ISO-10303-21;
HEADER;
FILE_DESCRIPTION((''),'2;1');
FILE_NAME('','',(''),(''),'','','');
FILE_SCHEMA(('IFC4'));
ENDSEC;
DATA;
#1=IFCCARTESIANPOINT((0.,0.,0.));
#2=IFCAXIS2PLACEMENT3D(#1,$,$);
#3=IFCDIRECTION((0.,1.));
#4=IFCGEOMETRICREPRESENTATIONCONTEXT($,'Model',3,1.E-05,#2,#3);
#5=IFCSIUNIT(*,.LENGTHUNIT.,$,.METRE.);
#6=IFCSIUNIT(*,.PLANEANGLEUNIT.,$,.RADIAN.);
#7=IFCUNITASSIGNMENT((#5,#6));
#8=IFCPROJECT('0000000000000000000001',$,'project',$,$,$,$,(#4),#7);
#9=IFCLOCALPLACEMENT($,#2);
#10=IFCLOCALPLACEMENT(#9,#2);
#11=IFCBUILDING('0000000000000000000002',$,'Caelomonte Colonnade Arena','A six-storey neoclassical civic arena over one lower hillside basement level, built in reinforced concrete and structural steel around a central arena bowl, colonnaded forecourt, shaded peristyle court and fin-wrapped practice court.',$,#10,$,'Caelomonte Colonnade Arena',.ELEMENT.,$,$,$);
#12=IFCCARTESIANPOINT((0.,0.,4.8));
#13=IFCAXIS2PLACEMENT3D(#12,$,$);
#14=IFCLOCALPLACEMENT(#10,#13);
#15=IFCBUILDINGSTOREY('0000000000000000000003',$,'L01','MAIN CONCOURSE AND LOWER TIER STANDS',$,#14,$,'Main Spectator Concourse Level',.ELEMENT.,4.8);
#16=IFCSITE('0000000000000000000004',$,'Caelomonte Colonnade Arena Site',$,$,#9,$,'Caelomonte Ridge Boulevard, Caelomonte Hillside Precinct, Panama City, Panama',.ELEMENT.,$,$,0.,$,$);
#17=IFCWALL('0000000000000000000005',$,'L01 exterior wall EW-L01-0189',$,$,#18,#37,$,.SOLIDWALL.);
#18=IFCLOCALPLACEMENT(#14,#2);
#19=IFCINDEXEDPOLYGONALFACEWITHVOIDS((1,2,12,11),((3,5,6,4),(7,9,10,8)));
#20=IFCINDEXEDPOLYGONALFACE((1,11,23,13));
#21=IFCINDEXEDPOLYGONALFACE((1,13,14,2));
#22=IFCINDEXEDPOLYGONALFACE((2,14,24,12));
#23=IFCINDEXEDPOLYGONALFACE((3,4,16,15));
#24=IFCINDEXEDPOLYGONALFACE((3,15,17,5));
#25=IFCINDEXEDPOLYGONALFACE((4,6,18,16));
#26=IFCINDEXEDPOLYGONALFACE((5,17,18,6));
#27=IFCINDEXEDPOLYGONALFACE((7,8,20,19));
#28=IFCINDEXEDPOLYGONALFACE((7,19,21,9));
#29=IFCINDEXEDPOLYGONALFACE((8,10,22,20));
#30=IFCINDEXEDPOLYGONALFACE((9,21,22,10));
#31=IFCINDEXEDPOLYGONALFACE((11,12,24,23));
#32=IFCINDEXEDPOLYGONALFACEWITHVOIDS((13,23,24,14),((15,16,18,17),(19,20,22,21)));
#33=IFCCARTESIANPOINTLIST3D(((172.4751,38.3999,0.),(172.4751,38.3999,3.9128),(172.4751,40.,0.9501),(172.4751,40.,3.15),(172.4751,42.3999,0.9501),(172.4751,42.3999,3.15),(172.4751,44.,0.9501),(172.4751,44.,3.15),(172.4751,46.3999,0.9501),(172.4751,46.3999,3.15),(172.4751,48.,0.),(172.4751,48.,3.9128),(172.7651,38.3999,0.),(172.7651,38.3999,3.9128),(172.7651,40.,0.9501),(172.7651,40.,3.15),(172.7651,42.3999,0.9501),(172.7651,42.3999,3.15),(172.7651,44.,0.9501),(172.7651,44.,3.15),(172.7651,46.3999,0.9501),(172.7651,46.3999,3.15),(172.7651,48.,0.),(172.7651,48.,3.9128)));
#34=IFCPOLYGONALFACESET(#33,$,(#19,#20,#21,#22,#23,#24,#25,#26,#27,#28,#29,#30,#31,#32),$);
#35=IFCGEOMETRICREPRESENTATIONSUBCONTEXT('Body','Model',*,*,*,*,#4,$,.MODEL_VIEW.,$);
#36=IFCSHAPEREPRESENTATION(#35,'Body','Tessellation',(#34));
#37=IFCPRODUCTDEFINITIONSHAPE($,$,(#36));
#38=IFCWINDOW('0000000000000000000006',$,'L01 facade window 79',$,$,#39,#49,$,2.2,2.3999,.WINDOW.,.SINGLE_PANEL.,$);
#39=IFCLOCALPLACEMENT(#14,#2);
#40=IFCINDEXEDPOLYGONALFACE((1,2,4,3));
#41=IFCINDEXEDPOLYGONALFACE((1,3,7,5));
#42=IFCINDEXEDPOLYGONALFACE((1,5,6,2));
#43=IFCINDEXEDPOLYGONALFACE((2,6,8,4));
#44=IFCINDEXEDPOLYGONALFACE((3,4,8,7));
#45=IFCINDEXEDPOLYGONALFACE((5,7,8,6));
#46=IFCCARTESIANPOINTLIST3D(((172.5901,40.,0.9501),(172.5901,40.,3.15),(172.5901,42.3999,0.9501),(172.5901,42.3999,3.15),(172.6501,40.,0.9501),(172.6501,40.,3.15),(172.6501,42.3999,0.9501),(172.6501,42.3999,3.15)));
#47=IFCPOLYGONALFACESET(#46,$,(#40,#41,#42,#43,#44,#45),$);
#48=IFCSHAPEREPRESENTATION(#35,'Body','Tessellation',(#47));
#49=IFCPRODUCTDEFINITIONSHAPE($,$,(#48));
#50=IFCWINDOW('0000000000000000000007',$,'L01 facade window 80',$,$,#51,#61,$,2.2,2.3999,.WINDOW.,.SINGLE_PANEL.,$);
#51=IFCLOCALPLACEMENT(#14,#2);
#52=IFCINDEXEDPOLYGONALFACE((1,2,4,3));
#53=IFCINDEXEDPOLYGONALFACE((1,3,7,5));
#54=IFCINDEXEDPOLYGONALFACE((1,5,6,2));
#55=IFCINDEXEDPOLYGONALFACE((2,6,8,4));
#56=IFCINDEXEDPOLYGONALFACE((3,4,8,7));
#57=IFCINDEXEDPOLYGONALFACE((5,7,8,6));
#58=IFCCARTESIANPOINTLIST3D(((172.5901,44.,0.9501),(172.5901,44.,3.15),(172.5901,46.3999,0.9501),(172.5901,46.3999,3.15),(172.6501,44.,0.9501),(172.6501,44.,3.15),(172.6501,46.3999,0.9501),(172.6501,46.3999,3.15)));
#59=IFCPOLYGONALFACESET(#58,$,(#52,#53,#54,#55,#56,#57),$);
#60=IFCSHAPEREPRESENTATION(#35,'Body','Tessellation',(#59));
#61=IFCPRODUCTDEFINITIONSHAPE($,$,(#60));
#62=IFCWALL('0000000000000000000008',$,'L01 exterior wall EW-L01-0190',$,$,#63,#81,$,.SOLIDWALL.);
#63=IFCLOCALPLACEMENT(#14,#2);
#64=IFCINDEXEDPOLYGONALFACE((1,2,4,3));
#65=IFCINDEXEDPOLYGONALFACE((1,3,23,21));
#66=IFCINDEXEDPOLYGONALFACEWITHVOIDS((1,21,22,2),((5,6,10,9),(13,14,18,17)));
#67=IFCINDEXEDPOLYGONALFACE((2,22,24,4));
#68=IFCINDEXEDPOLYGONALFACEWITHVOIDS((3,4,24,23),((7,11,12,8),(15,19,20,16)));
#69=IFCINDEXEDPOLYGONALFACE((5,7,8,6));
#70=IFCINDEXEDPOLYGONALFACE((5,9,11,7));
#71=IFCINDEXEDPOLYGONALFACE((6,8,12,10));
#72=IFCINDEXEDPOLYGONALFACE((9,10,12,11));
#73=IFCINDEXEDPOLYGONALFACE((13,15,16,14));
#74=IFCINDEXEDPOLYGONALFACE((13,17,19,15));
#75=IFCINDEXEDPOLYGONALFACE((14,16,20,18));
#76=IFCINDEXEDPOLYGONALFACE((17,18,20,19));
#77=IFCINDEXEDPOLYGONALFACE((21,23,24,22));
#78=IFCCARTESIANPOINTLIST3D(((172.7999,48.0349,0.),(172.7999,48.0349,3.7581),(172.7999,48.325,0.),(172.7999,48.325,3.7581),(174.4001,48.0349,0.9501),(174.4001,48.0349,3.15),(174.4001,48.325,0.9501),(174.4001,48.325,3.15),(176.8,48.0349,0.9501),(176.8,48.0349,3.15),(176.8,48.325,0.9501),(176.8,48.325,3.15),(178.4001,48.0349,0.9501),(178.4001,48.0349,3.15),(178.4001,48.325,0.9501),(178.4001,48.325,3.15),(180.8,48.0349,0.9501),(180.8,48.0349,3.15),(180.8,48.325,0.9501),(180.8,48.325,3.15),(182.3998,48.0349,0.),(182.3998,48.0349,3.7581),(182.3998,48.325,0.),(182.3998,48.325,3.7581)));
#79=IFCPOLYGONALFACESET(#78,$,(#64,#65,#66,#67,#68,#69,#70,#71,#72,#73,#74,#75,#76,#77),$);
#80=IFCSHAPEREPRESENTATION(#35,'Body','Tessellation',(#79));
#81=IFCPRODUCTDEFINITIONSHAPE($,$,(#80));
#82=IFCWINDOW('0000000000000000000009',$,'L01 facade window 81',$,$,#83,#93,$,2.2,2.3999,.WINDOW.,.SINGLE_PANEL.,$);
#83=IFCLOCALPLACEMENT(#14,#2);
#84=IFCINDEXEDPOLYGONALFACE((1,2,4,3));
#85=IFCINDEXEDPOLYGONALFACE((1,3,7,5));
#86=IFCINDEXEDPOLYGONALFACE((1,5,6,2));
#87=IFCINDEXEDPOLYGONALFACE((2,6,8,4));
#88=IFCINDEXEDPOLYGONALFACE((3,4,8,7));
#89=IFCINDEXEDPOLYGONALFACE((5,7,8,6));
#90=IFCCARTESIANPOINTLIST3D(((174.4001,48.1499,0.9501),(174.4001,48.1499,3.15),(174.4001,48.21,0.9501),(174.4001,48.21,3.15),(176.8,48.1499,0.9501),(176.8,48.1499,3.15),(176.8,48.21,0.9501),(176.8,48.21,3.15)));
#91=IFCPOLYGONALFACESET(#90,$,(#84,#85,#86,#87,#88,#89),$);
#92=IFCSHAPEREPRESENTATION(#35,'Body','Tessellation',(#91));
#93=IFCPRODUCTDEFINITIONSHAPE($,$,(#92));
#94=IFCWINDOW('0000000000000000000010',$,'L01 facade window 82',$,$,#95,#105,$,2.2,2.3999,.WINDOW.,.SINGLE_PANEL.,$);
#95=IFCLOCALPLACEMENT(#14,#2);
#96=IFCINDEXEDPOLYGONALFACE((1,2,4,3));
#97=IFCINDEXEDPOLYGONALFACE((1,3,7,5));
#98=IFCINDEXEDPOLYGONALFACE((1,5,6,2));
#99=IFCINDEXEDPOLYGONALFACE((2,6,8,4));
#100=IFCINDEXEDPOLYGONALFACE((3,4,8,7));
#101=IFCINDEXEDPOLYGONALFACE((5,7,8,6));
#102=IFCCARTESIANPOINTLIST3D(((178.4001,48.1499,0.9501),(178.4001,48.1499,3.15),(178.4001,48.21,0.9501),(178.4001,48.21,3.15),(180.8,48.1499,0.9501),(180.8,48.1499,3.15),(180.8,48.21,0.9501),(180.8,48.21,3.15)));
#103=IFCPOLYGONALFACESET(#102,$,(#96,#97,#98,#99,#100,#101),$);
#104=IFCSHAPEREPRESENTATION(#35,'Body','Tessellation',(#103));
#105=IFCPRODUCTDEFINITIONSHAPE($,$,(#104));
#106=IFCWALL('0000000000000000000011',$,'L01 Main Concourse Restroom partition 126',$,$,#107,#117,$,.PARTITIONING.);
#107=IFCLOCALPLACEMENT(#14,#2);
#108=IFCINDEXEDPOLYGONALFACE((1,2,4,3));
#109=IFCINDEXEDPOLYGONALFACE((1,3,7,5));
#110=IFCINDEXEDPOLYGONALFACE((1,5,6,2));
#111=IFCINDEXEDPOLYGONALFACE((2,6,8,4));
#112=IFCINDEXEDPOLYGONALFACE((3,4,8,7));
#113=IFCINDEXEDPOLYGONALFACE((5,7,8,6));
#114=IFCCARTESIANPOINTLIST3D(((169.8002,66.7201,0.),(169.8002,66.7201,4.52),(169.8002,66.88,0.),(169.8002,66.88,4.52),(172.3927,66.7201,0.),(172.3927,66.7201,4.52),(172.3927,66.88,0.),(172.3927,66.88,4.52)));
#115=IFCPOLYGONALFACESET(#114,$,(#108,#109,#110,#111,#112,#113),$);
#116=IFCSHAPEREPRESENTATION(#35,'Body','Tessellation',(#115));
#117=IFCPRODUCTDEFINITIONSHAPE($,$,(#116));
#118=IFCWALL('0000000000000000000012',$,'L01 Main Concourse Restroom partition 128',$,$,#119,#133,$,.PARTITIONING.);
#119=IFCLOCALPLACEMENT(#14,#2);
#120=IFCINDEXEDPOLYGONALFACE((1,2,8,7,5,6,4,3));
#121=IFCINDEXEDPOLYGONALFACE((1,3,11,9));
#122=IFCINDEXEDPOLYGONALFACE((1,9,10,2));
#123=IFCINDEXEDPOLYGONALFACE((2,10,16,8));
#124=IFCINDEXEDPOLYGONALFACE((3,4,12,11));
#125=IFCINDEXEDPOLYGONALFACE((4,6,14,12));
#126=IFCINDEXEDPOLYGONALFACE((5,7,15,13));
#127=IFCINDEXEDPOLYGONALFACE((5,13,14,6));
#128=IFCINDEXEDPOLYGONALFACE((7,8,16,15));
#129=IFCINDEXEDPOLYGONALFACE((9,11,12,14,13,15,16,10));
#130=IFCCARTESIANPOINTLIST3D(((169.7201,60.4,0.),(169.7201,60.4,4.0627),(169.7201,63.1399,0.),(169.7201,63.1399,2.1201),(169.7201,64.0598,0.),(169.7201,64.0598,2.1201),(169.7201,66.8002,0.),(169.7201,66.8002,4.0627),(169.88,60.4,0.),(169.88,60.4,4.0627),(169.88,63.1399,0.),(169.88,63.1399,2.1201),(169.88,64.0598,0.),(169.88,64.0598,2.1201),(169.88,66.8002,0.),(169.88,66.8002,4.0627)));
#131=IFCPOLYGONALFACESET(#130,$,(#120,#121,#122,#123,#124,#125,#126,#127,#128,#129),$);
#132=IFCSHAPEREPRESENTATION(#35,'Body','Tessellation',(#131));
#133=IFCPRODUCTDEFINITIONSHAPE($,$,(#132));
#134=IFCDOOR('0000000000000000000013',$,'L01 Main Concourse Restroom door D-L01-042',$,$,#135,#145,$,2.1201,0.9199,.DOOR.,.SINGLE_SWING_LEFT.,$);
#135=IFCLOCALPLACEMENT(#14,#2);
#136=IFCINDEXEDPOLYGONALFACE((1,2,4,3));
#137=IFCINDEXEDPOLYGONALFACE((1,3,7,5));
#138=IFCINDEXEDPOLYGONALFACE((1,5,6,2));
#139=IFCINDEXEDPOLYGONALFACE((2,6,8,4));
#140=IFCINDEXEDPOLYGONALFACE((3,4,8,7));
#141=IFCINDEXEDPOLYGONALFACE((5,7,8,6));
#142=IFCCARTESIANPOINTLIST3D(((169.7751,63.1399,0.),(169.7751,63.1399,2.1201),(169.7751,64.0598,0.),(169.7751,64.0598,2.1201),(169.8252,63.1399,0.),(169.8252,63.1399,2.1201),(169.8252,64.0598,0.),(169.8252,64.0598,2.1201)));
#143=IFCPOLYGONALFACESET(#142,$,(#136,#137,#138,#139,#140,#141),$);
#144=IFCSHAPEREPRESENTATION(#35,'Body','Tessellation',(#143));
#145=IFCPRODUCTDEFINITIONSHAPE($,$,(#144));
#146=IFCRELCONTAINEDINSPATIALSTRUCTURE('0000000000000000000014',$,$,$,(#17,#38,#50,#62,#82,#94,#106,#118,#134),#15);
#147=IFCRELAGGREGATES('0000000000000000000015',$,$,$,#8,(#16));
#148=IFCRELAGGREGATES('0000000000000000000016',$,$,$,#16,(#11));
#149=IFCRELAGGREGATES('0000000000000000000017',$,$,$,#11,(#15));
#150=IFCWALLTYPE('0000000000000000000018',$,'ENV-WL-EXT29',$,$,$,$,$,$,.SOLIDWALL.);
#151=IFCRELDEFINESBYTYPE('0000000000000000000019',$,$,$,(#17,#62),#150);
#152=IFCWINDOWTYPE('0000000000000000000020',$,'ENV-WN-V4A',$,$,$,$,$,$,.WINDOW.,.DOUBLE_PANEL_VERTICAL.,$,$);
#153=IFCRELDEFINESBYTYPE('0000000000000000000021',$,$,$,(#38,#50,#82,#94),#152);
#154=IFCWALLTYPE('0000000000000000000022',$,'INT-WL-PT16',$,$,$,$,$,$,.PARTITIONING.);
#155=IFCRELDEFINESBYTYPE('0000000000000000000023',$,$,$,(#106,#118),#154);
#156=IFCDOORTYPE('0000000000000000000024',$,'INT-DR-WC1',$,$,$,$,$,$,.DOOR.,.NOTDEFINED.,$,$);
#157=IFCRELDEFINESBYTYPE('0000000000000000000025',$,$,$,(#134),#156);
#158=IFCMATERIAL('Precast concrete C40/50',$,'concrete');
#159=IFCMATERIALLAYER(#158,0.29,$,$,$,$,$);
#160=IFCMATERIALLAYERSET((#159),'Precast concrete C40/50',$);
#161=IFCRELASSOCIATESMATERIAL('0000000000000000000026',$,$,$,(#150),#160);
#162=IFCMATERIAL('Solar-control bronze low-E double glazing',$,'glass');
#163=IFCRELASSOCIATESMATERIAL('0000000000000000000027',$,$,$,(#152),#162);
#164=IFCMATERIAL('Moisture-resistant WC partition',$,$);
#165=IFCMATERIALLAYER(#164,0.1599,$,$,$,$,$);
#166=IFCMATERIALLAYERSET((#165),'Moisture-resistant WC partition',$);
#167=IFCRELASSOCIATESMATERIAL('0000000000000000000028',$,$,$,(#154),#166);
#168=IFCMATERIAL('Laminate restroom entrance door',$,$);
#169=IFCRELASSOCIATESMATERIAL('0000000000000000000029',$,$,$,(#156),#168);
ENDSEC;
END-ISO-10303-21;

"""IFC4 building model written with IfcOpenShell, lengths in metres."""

from ifc_helpers import new_model, si_unit, direction, frame, frame_2d, origin, place, context, subcontext, project, spatial, rectangle, extrude, material, layer, layer_set, type_object, element, fill, save


model = new_model("IFC4")

# Units and contexts
model_context = context("Model", 3, precision=1e-05, world=origin(), true_north=direction((0.0, 1.0)))
body_context = subcontext(model_context, "Body", "Model", "MODEL_VIEW")
ifc_project = project(units=[si_unit("LENGTHUNIT", "METRE"), si_unit("PLANEANGLEUNIT", "RADIAN")], contexts=[model_context])

# Site, building, storey
site_placement = place(None, origin())
site = spatial("IfcSite", under=ifc_project, at=site_placement, Name="Caelomonte Colonnade Arena Site", LongName="Caelomonte Ridge Boulevard, Caelomonte Hillside Precinct, Panama City, Panama", CompositionType="ELEMENT", RefElevation=0.0)
building_placement = place(site_placement, origin())
building = spatial("IfcBuilding", under=site, at=building_placement, Name="Caelomonte Colonnade Arena", Description="A six-storey neoclassical civic arena over one lower hillside basement level, built in reinforced concrete and structural steel around a central arena bowl, colonnaded forecourt, shaded peristyle court and fin-wrapped practice court.", LongName="Caelomonte Colonnade Arena", CompositionType="ELEMENT")
storey_placement = place(building_placement, frame((0.0, 0.0, 4.8)))
storey = spatial("IfcBuildingStorey", under=building, at=storey_placement, Name="L01", Description="MAIN CONCOURSE AND LOWER TIER STANDS", LongName="Main Spectator Concourse Level", CompositionType="ELEMENT", Elevation=4.8)

# Walls, openings, windows
ifc_material_1 = material(Name="Precast concrete C40/50", Category="concrete")
ifc_layer_1 = layer(ifc_material_1, 0.29)
ifc_layer_set_1 = layer_set([ifc_layer_1], Name="Precast concrete C40/50")
wall_type_1 = type_object("IfcWallType", Name="ENV-WL-EXT29", PredefinedType="SOLIDWALL", material=ifc_layer_set_1)
wall_1_placement = place(storey_placement, frame((172.6201, 38.3999, 0.0), z_axis=(0.0, 0.0, 1.0), x_axis=(0.0, 1.0, 0.0)))
wall_1 = element("IfcWall", 1, at=wall_1_placement, inside=storey, type_object=wall_type_1, Name="L01 exterior wall EW-L01-0189", PredefinedType="SOLIDWALL", context=body_context, shape_type="SweptSolid", body=[
    extrude(rectangle(XDim=9.6001, YDim=0.29, at=frame_2d((4.8, 0.0))), origin(), (0.0, 0.0, 1.0), 3.9128),
])
opening_1_placement = place(wall_1_placement, frame((4.0, 0.0, 0.95), z_axis=(0.0, 0.0, 1.0), x_axis=(-1.0, 0.0, 0.0)))
opening_1 = element("IfcOpeningElement", 2, at=opening_1_placement, cuts=wall_1, PredefinedType="OPENING", context=body_context, shape_type="SweptSolid", body=[
    extrude(rectangle(XDim=2.3999, YDim=2.2, at=frame_2d((1.2, 1.1001))), frame((0.0, 0.155, 0.0), z_axis=(0.0, -1.0, 0.0), x_axis=(1.0, 0.0, 0.0)), (0.0, 0.0, 1.0), 0.3101),
])
opening_2_placement = place(wall_1_placement, frame((8.0, 0.0, 0.95), z_axis=(0.0, 0.0, 1.0), x_axis=(-1.0, 0.0, 0.0)))
opening_2 = element("IfcOpeningElement", 3, at=opening_2_placement, cuts=wall_1, PredefinedType="OPENING", context=body_context, shape_type="SweptSolid", body=[
    extrude(rectangle(XDim=2.3999, YDim=2.2, at=frame_2d((1.2, 1.1001))), frame((0.0, 0.155, 0.0), z_axis=(0.0, -1.0, 0.0), x_axis=(1.0, 0.0, 0.0)), (0.0, 0.0, 1.0), 0.3101),
])
ifc_material_2 = material(Name="Solar-control bronze low-E double glazing", Category="glass")
window_type = type_object("IfcWindowType", Name="ENV-WN-V4A", PartitioningType="DOUBLE_PANEL_VERTICAL", PredefinedType="WINDOW", material=ifc_material_2)
window_1_placement = place(opening_1_placement, origin())
window_1 = element("IfcWindow", 4, at=window_1_placement, inside=storey, type_object=window_type, Name="L01 facade window 79", OverallHeight=2.2, OverallWidth=2.3999, PartitioningType="SINGLE_PANEL", PredefinedType="WINDOW", context=body_context, shape_type="SweptSolid", body=[
    extrude(rectangle(XDim=2.3999, YDim=2.2, at=frame_2d((1.2, 1.1001))), frame((0.0, 0.03, 0.0), z_axis=(0.0, -1.0, 0.0), x_axis=(1.0, 0.0, 0.0)), (0.0, 0.0, 1.0), 0.0601),
])
fill(opening_1, window_1)
window_2_placement = place(opening_2_placement, origin())
window_2 = element("IfcWindow", 5, at=window_2_placement, inside=storey, type_object=window_type, Name="L01 facade window 80", OverallHeight=2.2, OverallWidth=2.3999, PartitioningType="SINGLE_PANEL", PredefinedType="WINDOW", context=body_context, shape_type="SweptSolid", body=[
    extrude(rectangle(XDim=2.3999, YDim=2.2, at=frame_2d((1.2, 1.1001))), frame((0.0, 0.03, 0.0), z_axis=(0.0, -1.0, 0.0), x_axis=(1.0, 0.0, 0.0)), (0.0, 0.0, 1.0), 0.0601),
])
fill(opening_2, window_2)
wall_2_placement = place(storey_placement, frame((172.8, 48.1799, 0.0), z_axis=(0.0, 0.0, 1.0), x_axis=(1.0, 0.0, 0.0)))
wall_2 = element("IfcWall", 6, at=wall_2_placement, inside=storey, type_object=wall_type_1, Name="L01 exterior wall EW-L01-0190", PredefinedType="SOLIDWALL", context=body_context, shape_type="SweptSolid", body=[
    extrude(rectangle(XDim=9.5999, YDim=0.29, at=frame_2d((4.7998, 0.0))), origin(), (0.0, 0.0, 1.0), 3.7581),
])
opening_3_placement = place(wall_2_placement, frame((4.0, 0.0, 0.95), z_axis=(0.0, 0.0, 1.0), x_axis=(-1.0, 0.0, 0.0)))
opening_3 = element("IfcOpeningElement", 7, at=opening_3_placement, cuts=wall_2, PredefinedType="OPENING", context=body_context, shape_type="SweptSolid", body=[
    extrude(rectangle(XDim=2.3999, YDim=2.2, at=frame_2d((1.2, 1.1001))), frame((0.0, 0.155, 0.0), z_axis=(0.0, -1.0, 0.0), x_axis=(1.0, 0.0, 0.0)), (0.0, 0.0, 1.0), 0.3101),
])
opening_4_placement = place(wall_2_placement, frame((8.0, 0.0, 0.95), z_axis=(0.0, 0.0, 1.0), x_axis=(-1.0, 0.0, 0.0)))
opening_4 = element("IfcOpeningElement", 8, at=opening_4_placement, cuts=wall_2, PredefinedType="OPENING", context=body_context, shape_type="SweptSolid", body=[
    extrude(rectangle(XDim=2.3999, YDim=2.2, at=frame_2d((1.2, 1.1001))), frame((0.0, 0.155, 0.0), z_axis=(0.0, -1.0, 0.0), x_axis=(1.0, 0.0, 0.0)), (0.0, 0.0, 1.0), 0.3101),
])
window_3_placement = place(opening_3_placement, origin())
window_3 = element("IfcWindow", 9, at=window_3_placement, inside=storey, type_object=window_type, Name="L01 facade window 81", OverallHeight=2.2, OverallWidth=2.3999, PartitioningType="SINGLE_PANEL", PredefinedType="WINDOW", context=body_context, shape_type="SweptSolid", body=[
    extrude(rectangle(XDim=2.3999, YDim=2.2, at=frame_2d((1.2, 1.1001))), frame((0.0, 0.03, 0.0), z_axis=(0.0, -1.0, 0.0), x_axis=(1.0, 0.0, 0.0)), (0.0, 0.0, 1.0), 0.0601),
])
fill(opening_3, window_3)
window_4_placement = place(opening_4_placement, origin())
window_4 = element("IfcWindow", 10, at=window_4_placement, inside=storey, type_object=window_type, Name="L01 facade window 82", OverallHeight=2.2, OverallWidth=2.3999, PartitioningType="SINGLE_PANEL", PredefinedType="WINDOW", context=body_context, shape_type="SweptSolid", body=[
    extrude(rectangle(XDim=2.3999, YDim=2.2, at=frame_2d((1.2, 1.1001))), frame((0.0, 0.03, 0.0), z_axis=(0.0, -1.0, 0.0), x_axis=(1.0, 0.0, 0.0)), (0.0, 0.0, 1.0), 0.0601),
])
fill(opening_4, window_4)

# Wall
ifc_material_3 = material(Name="Moisture-resistant WC partition")
ifc_layer_2 = layer(ifc_material_3, 0.1599)
ifc_layer_set_2 = layer_set([ifc_layer_2], Name="Moisture-resistant WC partition")
wall_type_2 = type_object("IfcWallType", Name="INT-WL-PT16", PredefinedType="PARTITIONING", material=ifc_layer_set_2)
wall_3_placement = place(storey_placement, frame((169.8, 66.8, 0.0), z_axis=(0.0, 0.0, 1.0), x_axis=(1.0, 0.0, 0.0)))
element("IfcWall", 11, at=wall_3_placement, inside=storey, type_object=wall_type_2, Name="L01 Main Concourse Restroom partition 126", PredefinedType="PARTITIONING", context=body_context, shape_type="SweptSolid", body=[
    extrude(rectangle(XDim=2.5925, YDim=0.1599, at=frame_2d((1.2964, 0.0))), origin(), (0.0, 0.0, 1.0), 4.52),
])

# Wall, opening, door
wall_4_placement = place(storey_placement, frame((169.8, 60.3999, 0.0), z_axis=(0.0, 0.0, 1.0), x_axis=(0.0, 1.0, 0.0)))
wall_4 = element("IfcWall", 12, at=wall_4_placement, inside=storey, type_object=wall_type_2, Name="L01 Main Concourse Restroom partition 128", PredefinedType="PARTITIONING", context=body_context, shape_type="SweptSolid", body=[
    extrude(rectangle(XDim=6.4001, YDim=0.1599, at=frame_2d((3.2002, 0.0))), origin(), (0.0, 0.0, 1.0), 4.0627),
])
opening_5_placement = place(wall_4_placement, frame((2.74, 0.0, 0.0), z_axis=(0.0, 0.0, 1.0), x_axis=(1.0, 0.0, 0.0)))
opening_5 = element("IfcOpeningElement", 13, at=opening_5_placement, cuts=wall_4, PredefinedType="OPENING", context=body_context, shape_type="SweptSolid", body=[
    extrude(rectangle(XDim=0.9199, YDim=2.1201, at=frame_2d((0.46, 1.0601))), frame((0.0, 0.0898, 0.0), z_axis=(0.0, -1.0, 0.0), x_axis=(1.0, 0.0, 0.0)), (0.0, 0.0, 1.0), 0.1799),
])
ifc_material_4 = material(Name="Laminate restroom entrance door")
door_type_1 = type_object("IfcDoorType", Name="INT-DR-WC1", OperationType="NOTDEFINED", PredefinedType="DOOR", material=ifc_material_4)
door_1_placement = place(opening_5_placement, origin())
door_1 = element("IfcDoor", 14, at=door_1_placement, inside=storey, type_object=door_type_1, Name="L01 Main Concourse Restroom door D-L01-042", OperationType="SINGLE_SWING_LEFT", OverallHeight=2.1201, OverallWidth=0.9199, PredefinedType="DOOR", context=body_context, shape_type="SweptSolid", body=[
    extrude(rectangle(XDim=0.9199, YDim=2.1201, at=frame_2d((0.46, 1.0601))), frame((0.0, 0.0249, 0.0), z_axis=(0.0, -1.0, 0.0), x_axis=(1.0, 0.0, 0.0)), (0.0, 0.0, 1.0), 0.05),
])
fill(opening_5, door_1)

save(model, "model.ifc")
